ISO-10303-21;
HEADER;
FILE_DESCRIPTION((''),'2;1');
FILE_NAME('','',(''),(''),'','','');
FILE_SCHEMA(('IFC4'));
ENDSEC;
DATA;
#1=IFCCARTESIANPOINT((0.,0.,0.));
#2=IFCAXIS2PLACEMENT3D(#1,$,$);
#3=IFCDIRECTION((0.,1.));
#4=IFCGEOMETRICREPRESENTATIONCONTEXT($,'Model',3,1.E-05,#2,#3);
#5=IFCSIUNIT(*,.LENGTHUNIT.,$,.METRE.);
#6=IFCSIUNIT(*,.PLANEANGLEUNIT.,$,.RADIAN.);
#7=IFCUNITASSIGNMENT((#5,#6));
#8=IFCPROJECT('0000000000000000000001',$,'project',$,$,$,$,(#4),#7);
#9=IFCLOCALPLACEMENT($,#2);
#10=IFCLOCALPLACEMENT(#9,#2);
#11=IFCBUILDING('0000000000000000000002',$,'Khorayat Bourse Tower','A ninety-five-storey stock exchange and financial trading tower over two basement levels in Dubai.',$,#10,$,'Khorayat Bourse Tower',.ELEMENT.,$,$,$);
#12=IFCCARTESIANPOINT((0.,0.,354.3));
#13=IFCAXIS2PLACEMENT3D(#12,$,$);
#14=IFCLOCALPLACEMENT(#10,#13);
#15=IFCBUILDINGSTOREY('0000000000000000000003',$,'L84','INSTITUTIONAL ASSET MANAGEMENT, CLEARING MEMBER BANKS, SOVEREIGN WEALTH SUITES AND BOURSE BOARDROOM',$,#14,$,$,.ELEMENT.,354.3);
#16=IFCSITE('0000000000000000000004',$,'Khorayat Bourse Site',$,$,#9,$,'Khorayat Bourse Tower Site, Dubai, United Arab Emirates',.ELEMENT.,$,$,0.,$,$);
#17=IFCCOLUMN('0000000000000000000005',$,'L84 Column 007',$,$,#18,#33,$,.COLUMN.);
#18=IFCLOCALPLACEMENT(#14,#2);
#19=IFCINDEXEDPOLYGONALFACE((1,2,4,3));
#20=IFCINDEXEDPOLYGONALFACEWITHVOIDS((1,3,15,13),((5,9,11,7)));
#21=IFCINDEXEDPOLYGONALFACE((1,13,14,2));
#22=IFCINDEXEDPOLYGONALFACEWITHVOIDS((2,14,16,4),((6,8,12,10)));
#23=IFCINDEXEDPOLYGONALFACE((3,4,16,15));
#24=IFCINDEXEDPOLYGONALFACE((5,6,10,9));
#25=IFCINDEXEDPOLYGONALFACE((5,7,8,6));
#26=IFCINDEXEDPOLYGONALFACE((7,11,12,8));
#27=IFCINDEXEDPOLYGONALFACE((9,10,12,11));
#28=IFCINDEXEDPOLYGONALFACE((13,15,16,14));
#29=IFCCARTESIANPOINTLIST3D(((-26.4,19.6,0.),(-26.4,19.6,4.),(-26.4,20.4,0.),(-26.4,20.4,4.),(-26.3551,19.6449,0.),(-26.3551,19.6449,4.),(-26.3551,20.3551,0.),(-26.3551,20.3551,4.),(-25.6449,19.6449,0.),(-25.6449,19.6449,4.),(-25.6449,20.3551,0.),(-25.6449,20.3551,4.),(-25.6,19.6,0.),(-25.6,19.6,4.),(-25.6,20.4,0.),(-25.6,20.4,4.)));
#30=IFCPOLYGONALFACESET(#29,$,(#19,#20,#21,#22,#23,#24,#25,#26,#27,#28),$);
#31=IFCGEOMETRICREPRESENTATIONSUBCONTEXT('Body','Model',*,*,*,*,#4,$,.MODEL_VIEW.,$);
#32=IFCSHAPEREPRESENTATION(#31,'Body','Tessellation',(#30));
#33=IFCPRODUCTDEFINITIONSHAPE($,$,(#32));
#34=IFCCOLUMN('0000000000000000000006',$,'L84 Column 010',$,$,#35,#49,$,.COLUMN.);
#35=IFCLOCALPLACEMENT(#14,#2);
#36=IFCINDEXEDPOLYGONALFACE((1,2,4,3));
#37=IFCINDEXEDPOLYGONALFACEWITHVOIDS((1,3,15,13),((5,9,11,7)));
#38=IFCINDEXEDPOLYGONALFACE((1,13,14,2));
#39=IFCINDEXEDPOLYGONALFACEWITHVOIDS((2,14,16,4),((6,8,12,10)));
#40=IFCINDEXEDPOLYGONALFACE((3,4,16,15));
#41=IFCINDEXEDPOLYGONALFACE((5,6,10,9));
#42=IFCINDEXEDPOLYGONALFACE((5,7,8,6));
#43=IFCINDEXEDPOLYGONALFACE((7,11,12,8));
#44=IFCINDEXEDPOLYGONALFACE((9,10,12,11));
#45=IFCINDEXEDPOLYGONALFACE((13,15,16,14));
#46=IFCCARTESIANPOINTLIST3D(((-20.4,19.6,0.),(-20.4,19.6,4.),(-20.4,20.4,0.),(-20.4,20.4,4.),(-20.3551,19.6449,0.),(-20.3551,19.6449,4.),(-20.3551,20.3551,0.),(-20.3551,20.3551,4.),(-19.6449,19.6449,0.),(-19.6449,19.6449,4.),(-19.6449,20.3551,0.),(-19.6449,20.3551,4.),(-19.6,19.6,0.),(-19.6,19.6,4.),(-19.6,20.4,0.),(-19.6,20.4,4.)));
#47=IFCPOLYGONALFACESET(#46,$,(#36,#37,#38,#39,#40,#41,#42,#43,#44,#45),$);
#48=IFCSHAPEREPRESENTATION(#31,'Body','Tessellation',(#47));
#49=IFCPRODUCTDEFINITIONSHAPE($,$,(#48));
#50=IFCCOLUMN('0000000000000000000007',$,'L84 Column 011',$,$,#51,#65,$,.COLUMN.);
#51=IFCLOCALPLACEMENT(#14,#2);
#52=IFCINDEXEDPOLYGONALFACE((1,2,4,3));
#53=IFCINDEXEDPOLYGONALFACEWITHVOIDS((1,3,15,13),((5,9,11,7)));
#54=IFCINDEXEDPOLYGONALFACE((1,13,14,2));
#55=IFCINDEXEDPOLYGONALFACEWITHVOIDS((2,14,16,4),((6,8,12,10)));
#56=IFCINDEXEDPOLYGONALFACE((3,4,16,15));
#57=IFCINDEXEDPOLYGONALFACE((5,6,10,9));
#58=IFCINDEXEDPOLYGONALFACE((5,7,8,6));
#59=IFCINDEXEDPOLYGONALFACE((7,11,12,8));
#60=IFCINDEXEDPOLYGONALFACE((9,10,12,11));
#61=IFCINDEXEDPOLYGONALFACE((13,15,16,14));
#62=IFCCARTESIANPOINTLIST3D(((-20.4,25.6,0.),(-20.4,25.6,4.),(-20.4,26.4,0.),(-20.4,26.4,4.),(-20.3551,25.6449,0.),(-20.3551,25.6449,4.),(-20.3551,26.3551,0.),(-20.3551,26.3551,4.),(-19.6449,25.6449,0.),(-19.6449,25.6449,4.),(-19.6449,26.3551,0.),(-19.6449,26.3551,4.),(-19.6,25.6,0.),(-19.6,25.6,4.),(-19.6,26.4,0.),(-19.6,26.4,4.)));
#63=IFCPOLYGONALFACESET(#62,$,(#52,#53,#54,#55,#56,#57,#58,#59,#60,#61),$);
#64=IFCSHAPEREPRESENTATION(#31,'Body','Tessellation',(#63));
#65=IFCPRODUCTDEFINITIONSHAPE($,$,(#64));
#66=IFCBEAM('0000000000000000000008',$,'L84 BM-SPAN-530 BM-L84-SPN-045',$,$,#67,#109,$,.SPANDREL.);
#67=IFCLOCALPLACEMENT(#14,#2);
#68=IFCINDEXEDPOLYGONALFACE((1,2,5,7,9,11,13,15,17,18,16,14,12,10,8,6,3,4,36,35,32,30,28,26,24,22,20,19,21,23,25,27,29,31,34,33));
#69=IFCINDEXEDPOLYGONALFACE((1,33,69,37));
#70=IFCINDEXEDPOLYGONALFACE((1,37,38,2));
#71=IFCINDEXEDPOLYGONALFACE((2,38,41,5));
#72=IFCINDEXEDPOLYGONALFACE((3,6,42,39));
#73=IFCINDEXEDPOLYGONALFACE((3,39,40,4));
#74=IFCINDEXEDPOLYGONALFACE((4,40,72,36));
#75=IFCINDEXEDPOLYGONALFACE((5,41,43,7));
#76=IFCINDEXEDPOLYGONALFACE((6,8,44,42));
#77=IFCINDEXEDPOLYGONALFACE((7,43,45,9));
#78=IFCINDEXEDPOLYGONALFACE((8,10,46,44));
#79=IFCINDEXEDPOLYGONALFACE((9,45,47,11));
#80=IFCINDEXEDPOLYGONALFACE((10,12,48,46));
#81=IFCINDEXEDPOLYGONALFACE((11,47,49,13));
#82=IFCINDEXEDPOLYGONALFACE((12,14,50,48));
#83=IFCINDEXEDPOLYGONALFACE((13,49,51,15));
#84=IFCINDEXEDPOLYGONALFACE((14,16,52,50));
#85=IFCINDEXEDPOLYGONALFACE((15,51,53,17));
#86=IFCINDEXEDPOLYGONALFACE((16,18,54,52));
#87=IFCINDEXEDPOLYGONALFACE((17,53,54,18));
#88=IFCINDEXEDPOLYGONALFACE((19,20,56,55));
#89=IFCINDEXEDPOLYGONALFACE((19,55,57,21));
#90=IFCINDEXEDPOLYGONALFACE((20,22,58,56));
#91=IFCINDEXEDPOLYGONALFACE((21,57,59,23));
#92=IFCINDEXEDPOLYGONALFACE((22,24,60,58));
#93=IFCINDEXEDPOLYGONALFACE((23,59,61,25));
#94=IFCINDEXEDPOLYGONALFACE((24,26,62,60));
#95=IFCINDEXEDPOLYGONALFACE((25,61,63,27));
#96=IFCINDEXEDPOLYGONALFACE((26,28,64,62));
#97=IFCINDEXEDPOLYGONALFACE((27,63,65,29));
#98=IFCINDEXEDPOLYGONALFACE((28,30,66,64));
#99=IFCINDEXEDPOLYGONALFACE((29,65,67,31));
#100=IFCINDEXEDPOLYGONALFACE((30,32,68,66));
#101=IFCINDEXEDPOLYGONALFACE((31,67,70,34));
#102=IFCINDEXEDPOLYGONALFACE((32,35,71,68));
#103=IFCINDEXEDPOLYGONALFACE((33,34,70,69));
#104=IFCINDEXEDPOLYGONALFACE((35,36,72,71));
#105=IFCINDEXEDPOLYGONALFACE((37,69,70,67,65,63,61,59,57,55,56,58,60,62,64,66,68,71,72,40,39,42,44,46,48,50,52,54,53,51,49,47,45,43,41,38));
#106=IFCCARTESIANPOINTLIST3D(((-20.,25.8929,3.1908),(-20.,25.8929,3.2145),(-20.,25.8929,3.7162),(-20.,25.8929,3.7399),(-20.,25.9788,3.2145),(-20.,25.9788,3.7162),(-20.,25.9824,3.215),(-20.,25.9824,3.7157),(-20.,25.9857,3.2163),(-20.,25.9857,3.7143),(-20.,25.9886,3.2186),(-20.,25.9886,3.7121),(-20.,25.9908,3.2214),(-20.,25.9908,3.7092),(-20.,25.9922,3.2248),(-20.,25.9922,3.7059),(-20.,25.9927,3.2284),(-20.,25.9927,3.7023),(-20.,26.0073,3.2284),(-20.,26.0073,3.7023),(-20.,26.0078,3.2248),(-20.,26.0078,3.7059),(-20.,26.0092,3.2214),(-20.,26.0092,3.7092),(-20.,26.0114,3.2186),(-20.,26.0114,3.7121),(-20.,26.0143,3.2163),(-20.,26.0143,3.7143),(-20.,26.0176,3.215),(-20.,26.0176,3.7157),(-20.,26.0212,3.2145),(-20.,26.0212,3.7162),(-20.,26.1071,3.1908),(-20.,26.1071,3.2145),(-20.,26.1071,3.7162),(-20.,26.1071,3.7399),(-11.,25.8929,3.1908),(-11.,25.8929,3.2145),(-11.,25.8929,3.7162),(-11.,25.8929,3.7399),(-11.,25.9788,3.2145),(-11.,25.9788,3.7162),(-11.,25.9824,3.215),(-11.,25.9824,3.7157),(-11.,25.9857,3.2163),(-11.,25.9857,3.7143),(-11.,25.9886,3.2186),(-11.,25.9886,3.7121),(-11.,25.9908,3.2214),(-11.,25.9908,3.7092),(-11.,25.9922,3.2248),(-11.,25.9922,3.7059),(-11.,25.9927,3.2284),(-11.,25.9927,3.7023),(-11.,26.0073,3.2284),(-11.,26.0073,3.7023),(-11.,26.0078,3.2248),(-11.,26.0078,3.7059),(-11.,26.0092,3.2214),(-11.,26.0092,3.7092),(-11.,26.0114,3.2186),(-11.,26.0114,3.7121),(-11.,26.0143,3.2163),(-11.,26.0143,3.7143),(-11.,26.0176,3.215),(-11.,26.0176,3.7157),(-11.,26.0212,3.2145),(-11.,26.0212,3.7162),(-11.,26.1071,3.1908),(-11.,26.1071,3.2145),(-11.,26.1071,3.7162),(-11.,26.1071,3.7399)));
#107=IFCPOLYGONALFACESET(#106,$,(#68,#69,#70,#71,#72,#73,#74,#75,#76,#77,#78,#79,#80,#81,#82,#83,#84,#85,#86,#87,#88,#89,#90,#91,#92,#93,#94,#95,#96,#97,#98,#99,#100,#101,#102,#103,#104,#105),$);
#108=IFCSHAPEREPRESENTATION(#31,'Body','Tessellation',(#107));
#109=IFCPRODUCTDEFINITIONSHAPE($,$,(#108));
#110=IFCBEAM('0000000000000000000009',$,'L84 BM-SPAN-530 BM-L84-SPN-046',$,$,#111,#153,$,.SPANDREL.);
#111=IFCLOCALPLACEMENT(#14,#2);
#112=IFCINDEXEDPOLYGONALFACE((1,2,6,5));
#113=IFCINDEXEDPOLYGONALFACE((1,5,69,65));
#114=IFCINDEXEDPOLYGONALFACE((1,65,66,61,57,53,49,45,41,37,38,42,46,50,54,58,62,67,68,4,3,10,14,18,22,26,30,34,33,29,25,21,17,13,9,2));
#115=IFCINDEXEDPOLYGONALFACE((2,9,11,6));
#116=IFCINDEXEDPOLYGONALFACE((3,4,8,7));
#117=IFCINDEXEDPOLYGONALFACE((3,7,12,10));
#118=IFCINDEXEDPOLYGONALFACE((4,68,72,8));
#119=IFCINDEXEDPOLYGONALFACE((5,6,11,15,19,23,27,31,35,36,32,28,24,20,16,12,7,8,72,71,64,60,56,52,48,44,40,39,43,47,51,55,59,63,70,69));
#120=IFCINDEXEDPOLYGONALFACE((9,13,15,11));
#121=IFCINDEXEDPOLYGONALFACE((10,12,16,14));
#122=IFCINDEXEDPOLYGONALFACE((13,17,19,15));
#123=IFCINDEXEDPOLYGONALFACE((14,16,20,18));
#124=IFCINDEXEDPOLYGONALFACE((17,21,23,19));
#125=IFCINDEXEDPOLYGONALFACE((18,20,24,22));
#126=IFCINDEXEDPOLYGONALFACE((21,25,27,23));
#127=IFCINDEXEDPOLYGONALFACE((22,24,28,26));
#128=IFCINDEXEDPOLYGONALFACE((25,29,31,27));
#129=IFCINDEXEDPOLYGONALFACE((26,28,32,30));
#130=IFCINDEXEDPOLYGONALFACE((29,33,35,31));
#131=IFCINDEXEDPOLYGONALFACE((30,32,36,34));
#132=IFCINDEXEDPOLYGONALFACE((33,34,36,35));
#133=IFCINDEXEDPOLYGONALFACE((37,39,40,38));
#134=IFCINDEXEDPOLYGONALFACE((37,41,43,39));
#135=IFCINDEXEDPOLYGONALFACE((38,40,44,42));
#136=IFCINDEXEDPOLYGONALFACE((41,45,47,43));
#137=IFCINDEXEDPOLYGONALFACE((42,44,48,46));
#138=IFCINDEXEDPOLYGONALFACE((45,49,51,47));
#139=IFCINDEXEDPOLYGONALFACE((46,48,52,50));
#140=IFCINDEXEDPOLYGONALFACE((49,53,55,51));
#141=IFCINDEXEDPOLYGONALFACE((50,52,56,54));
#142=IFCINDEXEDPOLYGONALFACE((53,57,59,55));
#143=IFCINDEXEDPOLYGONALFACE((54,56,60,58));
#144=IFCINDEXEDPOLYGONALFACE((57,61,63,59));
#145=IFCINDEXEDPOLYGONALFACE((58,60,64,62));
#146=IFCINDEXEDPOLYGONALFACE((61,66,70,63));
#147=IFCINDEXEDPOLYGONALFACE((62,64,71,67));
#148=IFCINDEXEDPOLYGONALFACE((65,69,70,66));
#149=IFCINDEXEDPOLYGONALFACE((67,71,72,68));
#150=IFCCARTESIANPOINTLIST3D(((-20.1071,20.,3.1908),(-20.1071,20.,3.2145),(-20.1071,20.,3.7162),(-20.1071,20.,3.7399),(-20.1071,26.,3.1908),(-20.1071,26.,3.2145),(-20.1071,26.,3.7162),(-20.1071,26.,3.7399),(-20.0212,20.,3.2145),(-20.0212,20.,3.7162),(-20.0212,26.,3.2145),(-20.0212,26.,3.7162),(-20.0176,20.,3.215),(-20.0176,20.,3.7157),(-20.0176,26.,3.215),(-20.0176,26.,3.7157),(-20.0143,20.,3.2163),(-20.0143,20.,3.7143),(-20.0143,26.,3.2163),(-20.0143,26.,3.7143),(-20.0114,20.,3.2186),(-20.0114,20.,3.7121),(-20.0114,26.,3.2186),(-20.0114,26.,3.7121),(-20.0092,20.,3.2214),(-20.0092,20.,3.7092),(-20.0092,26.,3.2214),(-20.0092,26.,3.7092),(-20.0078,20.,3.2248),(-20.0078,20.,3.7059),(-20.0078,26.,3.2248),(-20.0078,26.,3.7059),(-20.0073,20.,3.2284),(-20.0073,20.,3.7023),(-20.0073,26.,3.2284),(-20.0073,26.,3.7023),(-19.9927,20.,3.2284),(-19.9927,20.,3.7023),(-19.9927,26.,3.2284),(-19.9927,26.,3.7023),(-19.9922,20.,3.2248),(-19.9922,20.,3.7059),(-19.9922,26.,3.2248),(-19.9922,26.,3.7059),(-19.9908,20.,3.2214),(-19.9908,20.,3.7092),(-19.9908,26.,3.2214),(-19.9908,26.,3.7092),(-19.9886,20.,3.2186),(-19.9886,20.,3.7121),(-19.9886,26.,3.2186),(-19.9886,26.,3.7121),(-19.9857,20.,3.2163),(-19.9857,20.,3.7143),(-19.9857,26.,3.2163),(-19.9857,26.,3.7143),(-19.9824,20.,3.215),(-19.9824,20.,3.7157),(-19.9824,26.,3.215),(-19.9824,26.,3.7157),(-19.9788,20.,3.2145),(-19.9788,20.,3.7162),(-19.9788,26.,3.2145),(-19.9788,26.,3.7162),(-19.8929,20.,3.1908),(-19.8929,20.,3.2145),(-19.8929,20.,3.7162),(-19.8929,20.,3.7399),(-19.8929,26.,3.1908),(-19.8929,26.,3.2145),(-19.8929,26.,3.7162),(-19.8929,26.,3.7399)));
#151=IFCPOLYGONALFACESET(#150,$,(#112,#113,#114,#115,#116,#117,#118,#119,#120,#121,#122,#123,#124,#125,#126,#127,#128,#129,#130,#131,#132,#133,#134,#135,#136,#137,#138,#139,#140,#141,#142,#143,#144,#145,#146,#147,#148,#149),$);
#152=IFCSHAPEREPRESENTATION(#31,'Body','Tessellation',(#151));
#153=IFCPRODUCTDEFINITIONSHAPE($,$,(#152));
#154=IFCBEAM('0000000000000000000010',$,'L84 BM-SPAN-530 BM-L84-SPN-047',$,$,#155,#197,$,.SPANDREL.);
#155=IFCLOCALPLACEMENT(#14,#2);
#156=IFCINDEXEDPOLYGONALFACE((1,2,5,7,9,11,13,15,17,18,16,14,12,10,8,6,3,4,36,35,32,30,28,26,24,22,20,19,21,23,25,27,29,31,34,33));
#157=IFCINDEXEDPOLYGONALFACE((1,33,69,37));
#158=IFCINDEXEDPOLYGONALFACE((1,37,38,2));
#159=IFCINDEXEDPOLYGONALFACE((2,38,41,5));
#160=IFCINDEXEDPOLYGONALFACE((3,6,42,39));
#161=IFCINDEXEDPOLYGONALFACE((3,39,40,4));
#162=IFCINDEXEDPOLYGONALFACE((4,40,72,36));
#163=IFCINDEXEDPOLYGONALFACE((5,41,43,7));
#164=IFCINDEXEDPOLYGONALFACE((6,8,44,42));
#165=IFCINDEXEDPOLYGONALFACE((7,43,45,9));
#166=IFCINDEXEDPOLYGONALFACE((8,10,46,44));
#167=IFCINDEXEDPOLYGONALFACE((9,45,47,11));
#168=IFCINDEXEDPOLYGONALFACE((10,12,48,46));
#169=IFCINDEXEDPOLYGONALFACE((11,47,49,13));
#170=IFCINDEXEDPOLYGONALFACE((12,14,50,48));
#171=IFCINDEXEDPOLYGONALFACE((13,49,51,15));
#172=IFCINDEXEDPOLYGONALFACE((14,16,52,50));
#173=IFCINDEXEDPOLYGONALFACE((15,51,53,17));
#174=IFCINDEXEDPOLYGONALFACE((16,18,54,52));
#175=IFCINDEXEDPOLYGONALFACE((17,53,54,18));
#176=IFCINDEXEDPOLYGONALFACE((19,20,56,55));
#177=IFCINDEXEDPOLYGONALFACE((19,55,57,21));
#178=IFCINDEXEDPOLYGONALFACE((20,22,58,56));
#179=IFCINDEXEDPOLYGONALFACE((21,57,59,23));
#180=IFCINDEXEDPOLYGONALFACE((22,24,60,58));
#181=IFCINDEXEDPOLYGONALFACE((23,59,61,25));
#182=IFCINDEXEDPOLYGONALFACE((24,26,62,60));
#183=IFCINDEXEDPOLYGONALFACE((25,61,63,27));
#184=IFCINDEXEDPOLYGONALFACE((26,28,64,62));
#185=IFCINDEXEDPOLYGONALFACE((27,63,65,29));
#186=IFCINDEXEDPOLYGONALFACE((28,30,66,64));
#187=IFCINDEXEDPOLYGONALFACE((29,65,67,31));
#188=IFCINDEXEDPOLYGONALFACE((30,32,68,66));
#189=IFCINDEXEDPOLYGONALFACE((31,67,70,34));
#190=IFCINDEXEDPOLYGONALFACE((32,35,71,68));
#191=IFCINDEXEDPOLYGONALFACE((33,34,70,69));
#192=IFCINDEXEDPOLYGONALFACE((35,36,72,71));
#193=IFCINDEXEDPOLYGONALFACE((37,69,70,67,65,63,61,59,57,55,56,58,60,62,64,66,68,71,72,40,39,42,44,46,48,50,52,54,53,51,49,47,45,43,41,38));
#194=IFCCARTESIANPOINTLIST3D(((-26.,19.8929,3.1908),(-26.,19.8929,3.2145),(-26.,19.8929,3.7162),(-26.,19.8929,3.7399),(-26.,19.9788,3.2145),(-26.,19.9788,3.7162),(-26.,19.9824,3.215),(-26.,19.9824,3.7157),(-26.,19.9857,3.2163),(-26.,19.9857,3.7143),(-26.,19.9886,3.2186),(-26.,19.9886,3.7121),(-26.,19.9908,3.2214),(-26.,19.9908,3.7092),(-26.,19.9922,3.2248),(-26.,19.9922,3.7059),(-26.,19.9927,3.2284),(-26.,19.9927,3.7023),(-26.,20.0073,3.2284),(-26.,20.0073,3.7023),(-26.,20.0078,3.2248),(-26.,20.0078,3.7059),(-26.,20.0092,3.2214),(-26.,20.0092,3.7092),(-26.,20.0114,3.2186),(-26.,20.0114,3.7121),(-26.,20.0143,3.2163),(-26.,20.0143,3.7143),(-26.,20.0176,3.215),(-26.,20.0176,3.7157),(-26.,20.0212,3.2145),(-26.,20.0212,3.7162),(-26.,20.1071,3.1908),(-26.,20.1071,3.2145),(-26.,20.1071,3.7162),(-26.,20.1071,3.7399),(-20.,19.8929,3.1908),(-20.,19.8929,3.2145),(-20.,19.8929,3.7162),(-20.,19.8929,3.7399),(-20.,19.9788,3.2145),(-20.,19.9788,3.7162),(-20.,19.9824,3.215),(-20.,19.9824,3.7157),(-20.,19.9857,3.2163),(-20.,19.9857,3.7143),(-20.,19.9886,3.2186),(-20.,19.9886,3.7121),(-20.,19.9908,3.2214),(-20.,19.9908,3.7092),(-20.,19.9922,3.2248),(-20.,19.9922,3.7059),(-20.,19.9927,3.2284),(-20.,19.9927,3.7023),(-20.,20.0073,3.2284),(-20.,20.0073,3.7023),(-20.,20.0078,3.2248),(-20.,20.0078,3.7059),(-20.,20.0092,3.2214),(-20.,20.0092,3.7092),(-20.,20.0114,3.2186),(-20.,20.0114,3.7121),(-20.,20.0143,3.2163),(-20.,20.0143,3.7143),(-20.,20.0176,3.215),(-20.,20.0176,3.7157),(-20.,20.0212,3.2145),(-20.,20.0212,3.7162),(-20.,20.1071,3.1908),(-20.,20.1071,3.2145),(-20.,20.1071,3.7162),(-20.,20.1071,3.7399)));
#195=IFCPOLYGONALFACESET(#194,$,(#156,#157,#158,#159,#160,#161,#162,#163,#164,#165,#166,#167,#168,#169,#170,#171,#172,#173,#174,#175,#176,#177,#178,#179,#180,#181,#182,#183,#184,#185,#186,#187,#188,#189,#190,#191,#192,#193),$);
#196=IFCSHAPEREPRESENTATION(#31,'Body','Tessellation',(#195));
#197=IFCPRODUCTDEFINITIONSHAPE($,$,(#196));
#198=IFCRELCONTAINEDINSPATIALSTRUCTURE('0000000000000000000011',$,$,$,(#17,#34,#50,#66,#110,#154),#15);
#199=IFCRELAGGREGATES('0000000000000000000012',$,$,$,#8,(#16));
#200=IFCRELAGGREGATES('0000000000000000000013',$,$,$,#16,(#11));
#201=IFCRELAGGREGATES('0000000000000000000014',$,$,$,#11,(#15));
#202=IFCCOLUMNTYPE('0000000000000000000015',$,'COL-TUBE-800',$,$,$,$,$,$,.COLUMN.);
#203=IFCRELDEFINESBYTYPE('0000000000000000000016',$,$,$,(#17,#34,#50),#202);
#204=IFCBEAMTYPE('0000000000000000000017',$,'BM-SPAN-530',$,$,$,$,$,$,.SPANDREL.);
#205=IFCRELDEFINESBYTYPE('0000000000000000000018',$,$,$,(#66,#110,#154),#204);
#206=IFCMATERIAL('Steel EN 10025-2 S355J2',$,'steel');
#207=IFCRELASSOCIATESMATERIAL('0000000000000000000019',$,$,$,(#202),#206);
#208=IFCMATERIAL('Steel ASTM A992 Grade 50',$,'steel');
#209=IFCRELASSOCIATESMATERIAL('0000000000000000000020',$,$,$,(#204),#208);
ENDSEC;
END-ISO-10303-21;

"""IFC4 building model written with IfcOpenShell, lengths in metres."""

from ifc_helpers import new_model, si_unit, direction, frame, origin, origin_2d, place, context, subcontext, project, spatial, hollow_rectangle, i_section, extrude, source, transform, mapped, material, material_profile, profile_set, type_object, element, save


model = new_model("IFC4")

# Units and contexts
model_context = context("Model", 3, precision=1e-05, world=origin(), true_north=direction((0.0, 1.0)))
body_context = subcontext(model_context, "Body", "Model", "MODEL_VIEW")
ifc_project = project(units=[si_unit("LENGTHUNIT", "METRE"), si_unit("PLANEANGLEUNIT", "RADIAN")], contexts=[model_context])

# Site, building, storey
site_placement = place(None, origin())
site = spatial("IfcSite", under=ifc_project, at=site_placement, Name="Khorayat Bourse Site", LongName="Khorayat Bourse Tower Site, Dubai, United Arab Emirates", CompositionType="ELEMENT", RefElevation=0.0)
building_placement = place(site_placement, origin())
building = spatial("IfcBuilding", under=site, at=building_placement, Name="Khorayat Bourse Tower", Description="A ninety-five-storey stock exchange and financial trading tower over two basement levels in Dubai.", LongName="Khorayat Bourse Tower", CompositionType="ELEMENT")
storey_placement = place(building_placement, frame((0.0, 0.0, 354.3)))
storey = spatial("IfcBuildingStorey", under=building, at=storey_placement, Name="L84", Description="INSTITUTIONAL ASSET MANAGEMENT, CLEARING MEMBER BANKS, SOVEREIGN WEALTH SUITES AND BOURSE BOARDROOM", CompositionType="ELEMENT", Elevation=354.3)

# Columns
ifc_material_1 = material(Name="Steel EN 10025-2 S355J2", Category="steel")
ifc_material_profile_1 = material_profile(ifc_material_1, hollow_rectangle(XDim=0.8, YDim=0.8, WallThickness=0.0449, at=origin_2d()), Name="BOX 800x800x45")
ifc_profile_set_1 = profile_set([ifc_material_profile_1], Name="Steel EN 10025-2 S355J2")
column_type = type_object("IfcColumnType", Name="COL-TUBE-800", PredefinedType="COLUMN", material=ifc_profile_set_1)
shared_shape_1 = source(origin(), body_context, "Body", "SweptSolid", [
    extrude(hollow_rectangle(XDim=0.8, YDim=0.8, WallThickness=0.0449, at=origin_2d()), origin(), (0.0, 0.0, 1.0), 4.0),
])
for number, where, z_axis, x_axis, name in (
    (1, (-26.0, 20.0, 0.0), (0.0, 0.0, 1.0), (1.0, 0.0, 0.0), "L84 Column 007"),
    (2, (-20.0, 20.0, 0.0), (0.0, 0.0, 1.0), (1.0, 0.0, 0.0), "L84 Column 010"),
    (3, (-20.0, 26.0, 0.0), (0.0, 0.0, 1.0), (1.0, 0.0, 0.0), "L84 Column 011"),
):
    element("IfcColumn", number, at=place(storey_placement, frame(where, z_axis=z_axis, x_axis=x_axis)), inside=storey, type_object=column_type, Name=name, PredefinedType="COLUMN", context=body_context, shape_type="MappedRepresentation", body=[
        mapped(shared_shape_1, transform((0.0, 0.0, 0.0), scale=1.0)),
    ])

# Beams
ifc_material_2 = material(Name="Steel ASTM A992 Grade 50", Category="steel")
ifc_material_profile_2 = material_profile(ifc_material_2, i_section(OverallWidth=0.2141, OverallDepth=0.5491, WebThickness=0.0146, FlangeThickness=0.0237, FilletRadius=0.0139, at=origin_2d()), Name="W530X138")
ifc_profile_set_2 = profile_set([ifc_material_profile_2], Name="Steel ASTM A992 Grade 50")
beam_type_1 = type_object("IfcBeamType", Name="BM-SPAN-530", PredefinedType="SPANDREL", material=ifc_profile_set_2)
shared_shape_2 = source(origin(), body_context, "Body", "SweptSolid", [
    extrude(i_section(OverallWidth=0.2141, OverallDepth=0.5491, WebThickness=0.0146, FlangeThickness=0.0237, FilletRadius=0.0139, at=origin_2d()), origin(), (0.0, 0.0, 1.0), 9.0),
])
beam_1_placement = place(storey_placement, frame((-20.0, 26.0, 3.4653), z_axis=(1.0, 0.0, 0.0), x_axis=(0.0, 1.0, 0.0)))
element("IfcBeam", 4, at=beam_1_placement, inside=storey, type_object=beam_type_1, Name="L84 BM-SPAN-530 BM-L84-SPN-045", PredefinedType="SPANDREL", context=body_context, shape_type="MappedRepresentation", body=[
    mapped(shared_shape_2, transform((0.0, 0.0, 0.0), scale=1.0)),
])
shared_shape_3 = source(origin(), body_context, "Body", "SweptSolid", [
    extrude(i_section(OverallWidth=0.2141, OverallDepth=0.5491, WebThickness=0.0146, FlangeThickness=0.0237, FilletRadius=0.0139, at=origin_2d()), origin(), (0.0, 0.0, 1.0), 6.0),
])
for number, where, z_axis, x_axis, name in (
    (5, (-20.0, 20.0, 3.4653), (0.0, 1.0, 0.0), (-1.0, 0.0, 0.0), "L84 BM-SPAN-530 BM-L84-SPN-046"),
    (6, (-26.0, 20.0, 3.4653), (1.0, 0.0, 0.0), (0.0, 1.0, 0.0), "L84 BM-SPAN-530 BM-L84-SPN-047"),
):
    element("IfcBeam", number, at=place(storey_placement, frame(where, z_axis=z_axis, x_axis=x_axis)), inside=storey, type_object=beam_type_1, Name=name, PredefinedType="SPANDREL", context=body_context, shape_type="MappedRepresentation", body=[
        mapped(shared_shape_3, transform((0.0, 0.0, 0.0), scale=1.0)),
    ])

save(model, "model.ifc")
